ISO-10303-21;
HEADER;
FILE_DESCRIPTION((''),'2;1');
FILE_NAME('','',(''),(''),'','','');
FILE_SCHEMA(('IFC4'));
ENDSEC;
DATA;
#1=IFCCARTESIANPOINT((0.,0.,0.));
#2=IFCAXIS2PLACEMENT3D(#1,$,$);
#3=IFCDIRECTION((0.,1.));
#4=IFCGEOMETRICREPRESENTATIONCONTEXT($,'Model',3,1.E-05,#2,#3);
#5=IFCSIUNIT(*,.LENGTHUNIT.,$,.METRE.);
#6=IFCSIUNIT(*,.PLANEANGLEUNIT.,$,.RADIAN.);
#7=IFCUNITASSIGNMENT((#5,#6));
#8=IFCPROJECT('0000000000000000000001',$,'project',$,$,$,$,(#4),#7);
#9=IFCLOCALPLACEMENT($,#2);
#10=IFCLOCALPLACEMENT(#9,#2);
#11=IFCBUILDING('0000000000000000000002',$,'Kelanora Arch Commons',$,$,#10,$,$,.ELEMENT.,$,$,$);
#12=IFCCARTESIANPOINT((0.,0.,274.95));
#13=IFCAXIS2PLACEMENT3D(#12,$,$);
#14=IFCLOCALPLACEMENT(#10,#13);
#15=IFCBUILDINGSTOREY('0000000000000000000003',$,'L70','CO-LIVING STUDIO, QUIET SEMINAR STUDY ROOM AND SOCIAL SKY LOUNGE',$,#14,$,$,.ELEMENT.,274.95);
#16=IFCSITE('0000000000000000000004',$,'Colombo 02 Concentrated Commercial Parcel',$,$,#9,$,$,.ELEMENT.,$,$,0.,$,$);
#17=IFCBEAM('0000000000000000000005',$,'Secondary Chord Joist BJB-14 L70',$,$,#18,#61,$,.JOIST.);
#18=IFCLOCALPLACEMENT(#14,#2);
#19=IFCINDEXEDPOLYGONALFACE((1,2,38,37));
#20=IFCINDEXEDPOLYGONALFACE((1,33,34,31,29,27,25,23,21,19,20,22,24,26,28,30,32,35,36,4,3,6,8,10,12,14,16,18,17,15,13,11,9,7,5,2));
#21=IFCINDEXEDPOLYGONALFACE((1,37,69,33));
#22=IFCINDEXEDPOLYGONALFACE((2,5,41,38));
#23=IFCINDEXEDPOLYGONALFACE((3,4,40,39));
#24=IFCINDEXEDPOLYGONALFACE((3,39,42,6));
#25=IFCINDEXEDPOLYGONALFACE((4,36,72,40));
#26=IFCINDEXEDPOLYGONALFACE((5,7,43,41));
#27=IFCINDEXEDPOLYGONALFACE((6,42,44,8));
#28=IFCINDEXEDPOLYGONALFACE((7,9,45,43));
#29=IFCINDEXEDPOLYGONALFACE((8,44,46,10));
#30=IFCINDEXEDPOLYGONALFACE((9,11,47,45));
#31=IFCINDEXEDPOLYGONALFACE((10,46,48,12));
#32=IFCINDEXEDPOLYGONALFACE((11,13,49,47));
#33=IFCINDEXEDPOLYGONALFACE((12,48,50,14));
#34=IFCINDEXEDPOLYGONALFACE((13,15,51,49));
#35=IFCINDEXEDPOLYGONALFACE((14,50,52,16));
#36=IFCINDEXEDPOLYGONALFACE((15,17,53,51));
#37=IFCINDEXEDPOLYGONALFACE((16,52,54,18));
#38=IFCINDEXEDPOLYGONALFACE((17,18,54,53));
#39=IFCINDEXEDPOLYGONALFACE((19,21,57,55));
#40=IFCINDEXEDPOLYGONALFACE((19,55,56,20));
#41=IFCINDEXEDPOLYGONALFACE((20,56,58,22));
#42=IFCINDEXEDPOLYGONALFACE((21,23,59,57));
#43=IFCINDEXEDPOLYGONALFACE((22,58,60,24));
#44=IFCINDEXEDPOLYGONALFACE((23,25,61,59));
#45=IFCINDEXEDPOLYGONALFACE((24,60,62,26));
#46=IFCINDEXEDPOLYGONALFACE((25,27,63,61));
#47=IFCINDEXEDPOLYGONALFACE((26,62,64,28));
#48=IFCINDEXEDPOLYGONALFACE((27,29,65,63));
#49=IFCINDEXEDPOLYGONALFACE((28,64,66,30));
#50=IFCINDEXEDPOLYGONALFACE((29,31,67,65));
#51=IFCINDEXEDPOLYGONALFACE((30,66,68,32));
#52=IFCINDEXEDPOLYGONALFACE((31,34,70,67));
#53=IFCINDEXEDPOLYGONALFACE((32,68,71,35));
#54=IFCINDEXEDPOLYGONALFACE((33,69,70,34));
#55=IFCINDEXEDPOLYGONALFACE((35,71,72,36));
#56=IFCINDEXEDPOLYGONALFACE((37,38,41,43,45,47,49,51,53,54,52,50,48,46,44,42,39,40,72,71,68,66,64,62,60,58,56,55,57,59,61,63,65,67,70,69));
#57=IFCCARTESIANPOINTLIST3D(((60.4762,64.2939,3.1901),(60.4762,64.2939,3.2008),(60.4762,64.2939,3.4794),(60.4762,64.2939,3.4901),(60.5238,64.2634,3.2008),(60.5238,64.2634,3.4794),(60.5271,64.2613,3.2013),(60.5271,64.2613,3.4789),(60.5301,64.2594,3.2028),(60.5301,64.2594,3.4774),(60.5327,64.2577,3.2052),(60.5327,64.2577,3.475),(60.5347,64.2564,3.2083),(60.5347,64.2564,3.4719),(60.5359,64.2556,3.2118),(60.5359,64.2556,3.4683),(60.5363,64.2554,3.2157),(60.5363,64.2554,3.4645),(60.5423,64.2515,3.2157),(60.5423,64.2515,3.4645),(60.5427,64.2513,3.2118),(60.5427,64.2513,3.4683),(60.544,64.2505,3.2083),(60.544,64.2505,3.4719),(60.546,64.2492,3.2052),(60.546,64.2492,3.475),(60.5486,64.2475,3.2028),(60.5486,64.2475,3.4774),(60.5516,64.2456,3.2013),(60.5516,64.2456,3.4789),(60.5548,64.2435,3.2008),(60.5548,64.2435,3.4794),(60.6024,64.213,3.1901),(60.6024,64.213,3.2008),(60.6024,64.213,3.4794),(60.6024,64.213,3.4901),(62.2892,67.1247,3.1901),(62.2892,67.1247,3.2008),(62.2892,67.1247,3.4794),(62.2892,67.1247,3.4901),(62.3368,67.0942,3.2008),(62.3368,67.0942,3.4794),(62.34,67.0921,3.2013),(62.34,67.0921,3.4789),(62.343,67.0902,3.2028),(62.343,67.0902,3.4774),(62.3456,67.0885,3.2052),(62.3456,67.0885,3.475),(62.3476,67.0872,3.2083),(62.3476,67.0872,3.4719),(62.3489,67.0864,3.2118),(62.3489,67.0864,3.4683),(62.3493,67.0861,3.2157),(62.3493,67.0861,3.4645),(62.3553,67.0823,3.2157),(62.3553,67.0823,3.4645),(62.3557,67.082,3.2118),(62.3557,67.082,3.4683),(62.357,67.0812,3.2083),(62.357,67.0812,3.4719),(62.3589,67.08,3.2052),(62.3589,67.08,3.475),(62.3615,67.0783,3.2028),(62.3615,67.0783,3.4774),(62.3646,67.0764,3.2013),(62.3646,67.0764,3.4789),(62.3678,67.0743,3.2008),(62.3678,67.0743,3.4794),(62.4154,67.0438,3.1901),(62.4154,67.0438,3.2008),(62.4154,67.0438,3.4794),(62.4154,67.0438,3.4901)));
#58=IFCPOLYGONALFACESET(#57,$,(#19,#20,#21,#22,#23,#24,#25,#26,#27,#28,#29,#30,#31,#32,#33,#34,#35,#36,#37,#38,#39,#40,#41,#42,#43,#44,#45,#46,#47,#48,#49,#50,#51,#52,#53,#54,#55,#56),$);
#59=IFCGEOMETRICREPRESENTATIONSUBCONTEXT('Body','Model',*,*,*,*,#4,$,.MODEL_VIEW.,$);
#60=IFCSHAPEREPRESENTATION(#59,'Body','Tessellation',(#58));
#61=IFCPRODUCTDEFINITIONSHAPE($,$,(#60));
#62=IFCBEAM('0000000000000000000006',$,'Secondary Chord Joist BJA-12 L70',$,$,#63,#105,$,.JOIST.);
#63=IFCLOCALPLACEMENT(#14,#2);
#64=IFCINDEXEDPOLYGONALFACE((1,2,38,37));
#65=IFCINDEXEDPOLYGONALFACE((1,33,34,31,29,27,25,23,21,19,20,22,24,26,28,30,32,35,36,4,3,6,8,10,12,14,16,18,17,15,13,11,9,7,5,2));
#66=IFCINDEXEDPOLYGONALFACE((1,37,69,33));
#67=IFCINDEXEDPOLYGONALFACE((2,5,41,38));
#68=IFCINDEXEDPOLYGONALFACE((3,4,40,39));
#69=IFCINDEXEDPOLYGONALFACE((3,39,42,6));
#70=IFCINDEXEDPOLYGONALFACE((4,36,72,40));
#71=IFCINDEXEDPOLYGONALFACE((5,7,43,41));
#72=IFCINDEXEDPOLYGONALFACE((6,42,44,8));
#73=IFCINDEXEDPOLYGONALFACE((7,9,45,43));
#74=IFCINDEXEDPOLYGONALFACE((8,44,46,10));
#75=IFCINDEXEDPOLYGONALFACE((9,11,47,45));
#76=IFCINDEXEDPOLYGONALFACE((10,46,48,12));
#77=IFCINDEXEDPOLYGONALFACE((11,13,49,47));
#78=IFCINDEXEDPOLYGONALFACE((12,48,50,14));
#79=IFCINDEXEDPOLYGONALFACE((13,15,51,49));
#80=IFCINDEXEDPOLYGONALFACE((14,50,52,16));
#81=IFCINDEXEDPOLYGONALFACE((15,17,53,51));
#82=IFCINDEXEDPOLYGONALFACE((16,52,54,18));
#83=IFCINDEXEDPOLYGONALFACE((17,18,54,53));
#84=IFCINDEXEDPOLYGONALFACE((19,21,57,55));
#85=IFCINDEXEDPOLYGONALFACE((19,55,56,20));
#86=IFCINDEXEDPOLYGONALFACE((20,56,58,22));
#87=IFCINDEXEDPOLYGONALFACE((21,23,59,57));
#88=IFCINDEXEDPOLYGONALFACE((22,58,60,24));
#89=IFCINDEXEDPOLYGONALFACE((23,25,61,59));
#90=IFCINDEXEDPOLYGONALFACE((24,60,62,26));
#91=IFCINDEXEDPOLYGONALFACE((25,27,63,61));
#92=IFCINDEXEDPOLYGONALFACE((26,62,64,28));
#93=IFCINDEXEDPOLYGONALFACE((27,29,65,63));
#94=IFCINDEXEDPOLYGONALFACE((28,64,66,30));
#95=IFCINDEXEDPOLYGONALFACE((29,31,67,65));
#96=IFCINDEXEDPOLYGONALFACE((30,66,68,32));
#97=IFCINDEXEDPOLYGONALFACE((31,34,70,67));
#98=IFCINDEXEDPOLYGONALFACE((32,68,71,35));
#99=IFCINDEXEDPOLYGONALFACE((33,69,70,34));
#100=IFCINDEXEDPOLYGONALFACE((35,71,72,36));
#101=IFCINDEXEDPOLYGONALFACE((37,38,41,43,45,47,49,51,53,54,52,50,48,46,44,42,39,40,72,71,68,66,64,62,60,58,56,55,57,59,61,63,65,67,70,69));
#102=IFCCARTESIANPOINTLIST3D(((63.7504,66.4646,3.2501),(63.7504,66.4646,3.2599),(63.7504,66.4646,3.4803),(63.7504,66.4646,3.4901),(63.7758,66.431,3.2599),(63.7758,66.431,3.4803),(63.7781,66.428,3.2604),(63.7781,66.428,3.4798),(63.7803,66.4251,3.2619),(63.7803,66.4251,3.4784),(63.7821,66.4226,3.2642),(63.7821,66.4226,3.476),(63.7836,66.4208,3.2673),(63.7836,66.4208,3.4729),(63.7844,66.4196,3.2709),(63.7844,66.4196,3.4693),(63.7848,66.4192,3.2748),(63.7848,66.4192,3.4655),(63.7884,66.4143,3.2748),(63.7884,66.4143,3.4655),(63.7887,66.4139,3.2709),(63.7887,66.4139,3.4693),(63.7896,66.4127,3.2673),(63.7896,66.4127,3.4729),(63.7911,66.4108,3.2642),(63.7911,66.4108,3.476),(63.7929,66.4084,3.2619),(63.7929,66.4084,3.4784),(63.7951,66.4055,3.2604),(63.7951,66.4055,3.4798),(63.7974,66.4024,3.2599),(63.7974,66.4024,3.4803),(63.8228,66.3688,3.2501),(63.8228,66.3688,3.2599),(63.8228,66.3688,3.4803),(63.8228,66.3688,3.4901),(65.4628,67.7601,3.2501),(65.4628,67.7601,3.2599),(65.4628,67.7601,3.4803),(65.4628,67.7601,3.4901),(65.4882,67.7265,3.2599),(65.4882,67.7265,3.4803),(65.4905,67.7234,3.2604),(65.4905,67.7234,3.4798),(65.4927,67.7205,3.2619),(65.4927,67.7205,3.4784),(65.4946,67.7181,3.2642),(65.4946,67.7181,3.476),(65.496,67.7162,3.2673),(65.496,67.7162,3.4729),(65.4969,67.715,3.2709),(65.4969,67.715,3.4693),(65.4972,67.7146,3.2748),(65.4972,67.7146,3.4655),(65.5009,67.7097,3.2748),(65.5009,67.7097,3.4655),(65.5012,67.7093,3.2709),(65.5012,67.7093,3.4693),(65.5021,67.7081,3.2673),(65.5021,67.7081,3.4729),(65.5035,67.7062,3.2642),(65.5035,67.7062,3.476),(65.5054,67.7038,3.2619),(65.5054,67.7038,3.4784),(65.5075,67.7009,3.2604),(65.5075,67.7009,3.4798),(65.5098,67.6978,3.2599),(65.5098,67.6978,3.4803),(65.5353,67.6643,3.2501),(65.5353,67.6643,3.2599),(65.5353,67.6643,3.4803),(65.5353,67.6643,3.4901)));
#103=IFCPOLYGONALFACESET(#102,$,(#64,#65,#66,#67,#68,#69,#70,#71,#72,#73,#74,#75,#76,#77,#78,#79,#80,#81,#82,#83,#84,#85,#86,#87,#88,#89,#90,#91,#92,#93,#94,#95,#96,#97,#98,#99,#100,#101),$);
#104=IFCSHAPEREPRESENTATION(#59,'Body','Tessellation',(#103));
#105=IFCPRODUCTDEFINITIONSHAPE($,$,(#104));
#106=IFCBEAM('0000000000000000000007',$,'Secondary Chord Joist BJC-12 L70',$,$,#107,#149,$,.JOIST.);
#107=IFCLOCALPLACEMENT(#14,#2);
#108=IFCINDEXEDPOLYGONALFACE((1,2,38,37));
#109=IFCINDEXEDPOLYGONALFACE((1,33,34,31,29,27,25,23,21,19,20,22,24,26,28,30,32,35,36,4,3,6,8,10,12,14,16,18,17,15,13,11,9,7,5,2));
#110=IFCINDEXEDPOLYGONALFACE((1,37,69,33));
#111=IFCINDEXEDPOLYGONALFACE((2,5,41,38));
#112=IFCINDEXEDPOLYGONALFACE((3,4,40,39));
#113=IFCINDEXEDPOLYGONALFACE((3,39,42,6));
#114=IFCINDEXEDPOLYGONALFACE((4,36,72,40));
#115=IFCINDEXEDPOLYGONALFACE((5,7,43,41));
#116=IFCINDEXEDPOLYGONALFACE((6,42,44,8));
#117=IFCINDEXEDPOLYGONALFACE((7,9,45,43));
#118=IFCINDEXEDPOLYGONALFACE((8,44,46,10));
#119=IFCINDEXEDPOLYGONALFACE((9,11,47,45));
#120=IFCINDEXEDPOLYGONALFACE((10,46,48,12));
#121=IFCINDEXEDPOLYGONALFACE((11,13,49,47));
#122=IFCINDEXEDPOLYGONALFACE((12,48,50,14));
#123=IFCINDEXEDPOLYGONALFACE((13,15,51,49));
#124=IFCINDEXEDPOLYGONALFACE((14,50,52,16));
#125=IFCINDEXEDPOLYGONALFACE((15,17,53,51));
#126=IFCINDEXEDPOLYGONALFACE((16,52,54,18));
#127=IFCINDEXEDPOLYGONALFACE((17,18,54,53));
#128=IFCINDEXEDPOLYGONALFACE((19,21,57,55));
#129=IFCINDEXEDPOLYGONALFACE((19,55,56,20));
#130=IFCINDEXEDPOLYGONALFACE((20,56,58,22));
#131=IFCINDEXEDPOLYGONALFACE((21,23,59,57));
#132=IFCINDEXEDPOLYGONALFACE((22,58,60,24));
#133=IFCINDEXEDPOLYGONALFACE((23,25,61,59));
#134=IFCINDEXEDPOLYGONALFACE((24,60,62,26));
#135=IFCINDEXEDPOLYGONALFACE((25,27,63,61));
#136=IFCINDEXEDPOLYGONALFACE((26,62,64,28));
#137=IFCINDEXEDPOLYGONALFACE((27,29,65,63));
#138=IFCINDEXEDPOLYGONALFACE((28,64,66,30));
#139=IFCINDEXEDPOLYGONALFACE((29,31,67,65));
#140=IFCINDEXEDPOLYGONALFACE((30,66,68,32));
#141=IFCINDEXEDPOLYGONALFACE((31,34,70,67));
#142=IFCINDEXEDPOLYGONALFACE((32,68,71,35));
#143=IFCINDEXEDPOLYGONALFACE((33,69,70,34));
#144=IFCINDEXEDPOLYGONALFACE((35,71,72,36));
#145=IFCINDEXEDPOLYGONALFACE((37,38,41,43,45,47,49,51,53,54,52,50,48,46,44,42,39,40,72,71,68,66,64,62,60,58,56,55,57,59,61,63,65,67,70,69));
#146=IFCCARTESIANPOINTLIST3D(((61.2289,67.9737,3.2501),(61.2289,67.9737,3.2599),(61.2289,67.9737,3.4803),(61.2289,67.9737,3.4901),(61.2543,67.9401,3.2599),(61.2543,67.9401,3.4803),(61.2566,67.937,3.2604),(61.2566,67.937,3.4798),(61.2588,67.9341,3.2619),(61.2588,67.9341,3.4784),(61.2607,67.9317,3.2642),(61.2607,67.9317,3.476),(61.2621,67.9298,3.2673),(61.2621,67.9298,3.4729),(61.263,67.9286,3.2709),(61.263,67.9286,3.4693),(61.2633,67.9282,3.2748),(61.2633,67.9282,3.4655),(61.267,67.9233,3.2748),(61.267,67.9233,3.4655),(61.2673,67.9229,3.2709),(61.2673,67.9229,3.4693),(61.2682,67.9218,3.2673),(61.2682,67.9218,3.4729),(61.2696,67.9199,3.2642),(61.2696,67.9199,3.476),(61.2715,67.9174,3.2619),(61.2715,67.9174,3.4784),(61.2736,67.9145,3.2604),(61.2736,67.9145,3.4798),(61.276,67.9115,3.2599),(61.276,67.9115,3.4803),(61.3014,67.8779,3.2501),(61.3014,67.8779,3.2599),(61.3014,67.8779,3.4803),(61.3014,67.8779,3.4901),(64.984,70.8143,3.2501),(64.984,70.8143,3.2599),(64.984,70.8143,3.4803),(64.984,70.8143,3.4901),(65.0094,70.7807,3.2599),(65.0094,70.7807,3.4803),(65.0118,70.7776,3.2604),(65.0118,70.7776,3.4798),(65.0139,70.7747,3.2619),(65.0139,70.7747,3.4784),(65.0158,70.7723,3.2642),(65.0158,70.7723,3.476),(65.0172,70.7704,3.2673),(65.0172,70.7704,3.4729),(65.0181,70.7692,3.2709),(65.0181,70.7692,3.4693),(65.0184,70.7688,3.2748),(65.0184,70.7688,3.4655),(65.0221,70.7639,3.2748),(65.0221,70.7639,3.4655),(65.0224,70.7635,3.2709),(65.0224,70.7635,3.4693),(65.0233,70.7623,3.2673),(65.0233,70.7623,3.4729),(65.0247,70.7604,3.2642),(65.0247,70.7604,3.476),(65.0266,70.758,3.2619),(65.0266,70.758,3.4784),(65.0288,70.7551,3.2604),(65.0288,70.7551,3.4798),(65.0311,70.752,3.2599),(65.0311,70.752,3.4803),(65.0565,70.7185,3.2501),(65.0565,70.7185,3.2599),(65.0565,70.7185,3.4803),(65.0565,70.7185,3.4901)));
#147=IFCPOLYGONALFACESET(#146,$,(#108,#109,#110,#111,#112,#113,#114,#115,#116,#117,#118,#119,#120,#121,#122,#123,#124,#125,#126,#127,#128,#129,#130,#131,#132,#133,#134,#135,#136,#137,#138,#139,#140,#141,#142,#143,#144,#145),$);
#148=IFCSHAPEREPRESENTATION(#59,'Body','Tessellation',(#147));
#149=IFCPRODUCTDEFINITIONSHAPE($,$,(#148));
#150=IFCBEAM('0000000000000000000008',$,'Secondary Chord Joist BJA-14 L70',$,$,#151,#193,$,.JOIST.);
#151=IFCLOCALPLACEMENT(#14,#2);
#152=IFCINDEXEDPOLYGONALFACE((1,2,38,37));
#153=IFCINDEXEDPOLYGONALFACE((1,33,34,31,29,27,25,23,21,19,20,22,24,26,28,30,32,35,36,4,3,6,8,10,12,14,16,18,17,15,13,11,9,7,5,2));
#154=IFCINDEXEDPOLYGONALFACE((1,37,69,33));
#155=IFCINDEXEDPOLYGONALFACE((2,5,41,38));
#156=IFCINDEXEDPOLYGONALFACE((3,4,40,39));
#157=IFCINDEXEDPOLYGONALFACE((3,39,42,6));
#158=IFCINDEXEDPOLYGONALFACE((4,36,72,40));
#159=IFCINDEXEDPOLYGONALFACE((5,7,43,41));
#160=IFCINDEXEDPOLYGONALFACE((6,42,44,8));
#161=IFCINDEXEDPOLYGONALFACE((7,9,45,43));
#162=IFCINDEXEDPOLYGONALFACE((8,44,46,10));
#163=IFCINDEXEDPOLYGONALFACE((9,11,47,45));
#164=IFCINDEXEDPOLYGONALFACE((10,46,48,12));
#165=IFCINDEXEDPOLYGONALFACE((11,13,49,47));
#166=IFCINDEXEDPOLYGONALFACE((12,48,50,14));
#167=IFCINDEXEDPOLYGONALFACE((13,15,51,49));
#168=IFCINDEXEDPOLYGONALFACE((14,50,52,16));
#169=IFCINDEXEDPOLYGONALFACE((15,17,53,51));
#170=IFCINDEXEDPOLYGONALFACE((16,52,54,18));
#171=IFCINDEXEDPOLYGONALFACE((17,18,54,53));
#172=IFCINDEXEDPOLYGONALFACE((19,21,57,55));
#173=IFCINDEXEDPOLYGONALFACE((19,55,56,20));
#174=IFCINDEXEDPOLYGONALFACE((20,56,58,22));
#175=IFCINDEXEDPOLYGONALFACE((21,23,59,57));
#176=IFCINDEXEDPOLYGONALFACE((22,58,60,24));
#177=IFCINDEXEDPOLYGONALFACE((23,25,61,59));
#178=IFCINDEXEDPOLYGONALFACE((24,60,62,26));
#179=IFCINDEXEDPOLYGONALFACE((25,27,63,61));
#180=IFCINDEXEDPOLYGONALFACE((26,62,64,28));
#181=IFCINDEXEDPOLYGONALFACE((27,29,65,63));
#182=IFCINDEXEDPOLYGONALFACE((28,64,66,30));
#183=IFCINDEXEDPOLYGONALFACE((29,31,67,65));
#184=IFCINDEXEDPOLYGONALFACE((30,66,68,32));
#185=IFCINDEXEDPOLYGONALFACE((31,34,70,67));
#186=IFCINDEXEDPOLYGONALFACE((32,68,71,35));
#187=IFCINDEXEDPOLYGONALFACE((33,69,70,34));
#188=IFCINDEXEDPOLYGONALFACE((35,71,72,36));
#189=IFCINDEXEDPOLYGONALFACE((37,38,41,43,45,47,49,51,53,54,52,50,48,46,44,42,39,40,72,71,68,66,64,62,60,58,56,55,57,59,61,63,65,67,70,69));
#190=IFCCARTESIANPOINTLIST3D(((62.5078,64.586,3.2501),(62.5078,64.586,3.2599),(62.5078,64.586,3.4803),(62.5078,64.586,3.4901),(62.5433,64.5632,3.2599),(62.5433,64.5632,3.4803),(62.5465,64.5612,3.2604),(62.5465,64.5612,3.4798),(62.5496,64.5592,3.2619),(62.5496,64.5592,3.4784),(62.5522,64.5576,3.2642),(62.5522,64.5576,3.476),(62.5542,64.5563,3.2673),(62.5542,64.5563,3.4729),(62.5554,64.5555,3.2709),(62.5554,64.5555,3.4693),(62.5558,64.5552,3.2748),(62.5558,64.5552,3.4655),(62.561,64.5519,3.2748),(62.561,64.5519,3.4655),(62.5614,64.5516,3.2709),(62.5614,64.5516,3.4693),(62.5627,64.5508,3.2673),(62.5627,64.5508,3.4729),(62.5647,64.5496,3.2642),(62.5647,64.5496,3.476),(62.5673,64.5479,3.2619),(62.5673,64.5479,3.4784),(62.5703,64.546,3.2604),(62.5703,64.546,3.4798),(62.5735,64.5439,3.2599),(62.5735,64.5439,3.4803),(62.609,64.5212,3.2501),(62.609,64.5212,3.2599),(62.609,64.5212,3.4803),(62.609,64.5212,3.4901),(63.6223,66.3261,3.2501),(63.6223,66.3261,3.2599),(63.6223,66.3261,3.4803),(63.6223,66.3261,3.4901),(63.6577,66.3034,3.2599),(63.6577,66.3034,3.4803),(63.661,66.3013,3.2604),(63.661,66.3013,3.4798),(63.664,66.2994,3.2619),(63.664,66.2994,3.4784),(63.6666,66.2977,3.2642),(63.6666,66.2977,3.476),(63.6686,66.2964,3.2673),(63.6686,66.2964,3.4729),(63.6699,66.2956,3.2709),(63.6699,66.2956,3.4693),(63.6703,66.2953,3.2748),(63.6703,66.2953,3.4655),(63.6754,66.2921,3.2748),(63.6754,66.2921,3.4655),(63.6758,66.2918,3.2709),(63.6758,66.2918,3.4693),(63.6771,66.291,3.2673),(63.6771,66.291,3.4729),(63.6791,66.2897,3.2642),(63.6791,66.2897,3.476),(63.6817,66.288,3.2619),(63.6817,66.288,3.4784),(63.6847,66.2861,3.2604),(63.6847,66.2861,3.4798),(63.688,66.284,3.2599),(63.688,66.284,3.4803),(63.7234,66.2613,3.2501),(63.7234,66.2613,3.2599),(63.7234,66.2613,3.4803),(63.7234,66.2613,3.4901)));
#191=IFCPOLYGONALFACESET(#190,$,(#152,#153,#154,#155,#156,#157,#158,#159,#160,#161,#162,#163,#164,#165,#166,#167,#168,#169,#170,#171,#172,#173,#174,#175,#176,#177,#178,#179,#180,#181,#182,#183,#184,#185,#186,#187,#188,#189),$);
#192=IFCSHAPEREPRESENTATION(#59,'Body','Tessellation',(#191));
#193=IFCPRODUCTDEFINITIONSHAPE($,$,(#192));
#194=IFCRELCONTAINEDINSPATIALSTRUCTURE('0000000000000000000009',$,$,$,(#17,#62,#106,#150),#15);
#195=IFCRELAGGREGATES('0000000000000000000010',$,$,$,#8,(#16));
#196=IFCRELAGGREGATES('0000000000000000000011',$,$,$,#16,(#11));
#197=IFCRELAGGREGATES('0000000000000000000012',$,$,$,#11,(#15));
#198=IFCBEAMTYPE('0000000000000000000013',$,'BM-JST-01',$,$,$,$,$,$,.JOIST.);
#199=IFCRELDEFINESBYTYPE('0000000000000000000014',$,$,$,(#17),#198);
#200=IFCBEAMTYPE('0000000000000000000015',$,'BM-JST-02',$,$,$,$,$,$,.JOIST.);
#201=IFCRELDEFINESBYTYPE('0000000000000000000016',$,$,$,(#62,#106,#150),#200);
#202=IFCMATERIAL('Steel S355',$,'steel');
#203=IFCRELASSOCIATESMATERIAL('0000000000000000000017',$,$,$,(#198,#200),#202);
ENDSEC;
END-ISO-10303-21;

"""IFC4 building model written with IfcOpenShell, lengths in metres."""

from ifc_helpers import new_model, si_unit, direction, frame, origin, origin_2d, place, context, subcontext, project, spatial, i_section, extrude, material, material_profile, profile_set, type_object, element, save


model = new_model("IFC4")

# Units and contexts
model_context = context("Model", 3, precision=1e-05, world=origin(), true_north=direction((0.0, 1.0)))
body_context = subcontext(model_context, "Body", "Model", "MODEL_VIEW")
ifc_project = project(units=[si_unit("LENGTHUNIT", "METRE"), si_unit("PLANEANGLEUNIT", "RADIAN")], contexts=[model_context])

# Site, building, storey
site_placement = place(None, origin())
site = spatial("IfcSite", under=ifc_project, at=site_placement, Name="Colombo 02 Concentrated Commercial Parcel", CompositionType="ELEMENT", RefElevation=0.0)
building_placement = place(site_placement, origin())
building = spatial("IfcBuilding", under=site, at=building_placement, Name="Kelanora Arch Commons", CompositionType="ELEMENT")
storey_placement = place(building_placement, frame((0.0, 0.0, 274.95)))
storey = spatial("IfcBuildingStorey", under=building, at=storey_placement, Name="L70", Description="CO-LIVING STUDIO, QUIET SEMINAR STUDY ROOM AND SOCIAL SKY LOUNGE", CompositionType="ELEMENT", Elevation=274.95)

# Beams
ifc_material_1 = material(Name="Steel S355", Category="steel")
ifc_material_profile_1 = material_profile(ifc_material_1, i_section(OverallWidth=0.1499, OverallDepth=0.3, WebThickness=0.0071, FlangeThickness=0.0107, FilletRadius=0.0149, at=origin_2d()), Name="IPE300")
ifc_profile_set_1 = profile_set([ifc_material_profile_1], Name="Steel S355")
beam_type_1 = type_object("IfcBeamType", Name="BM-JST-01", PredefinedType="JOIST", material=ifc_profile_set_1)
beam_1_placement = place(storey_placement, frame((62.3523, 67.0842, 3.3401), z_axis=(-0.539322, -0.8421, 0.0), x_axis=(0.8421, -0.539322, 0.0)))
element("IfcBeam", 1, at=beam_1_placement, inside=storey, type_object=beam_type_1, Name="Secondary Chord Joist BJB-14 L70", PredefinedType="JOIST", context=body_context, shape_type="SweptSolid", body=[
    extrude(i_section(OverallWidth=0.1499, OverallDepth=0.3, WebThickness=0.0071, FlangeThickness=0.0107, FilletRadius=0.0149, at=origin_2d()), origin(), (0.0, 0.0, 1.0), 3.3616),
])
ifc_material_profile_2 = material_profile(ifc_material_1, i_section(OverallWidth=0.1201, OverallDepth=0.24, WebThickness=0.0061, FlangeThickness=0.0098, FilletRadius=0.0149, at=origin_2d()), Name="IPE240")
ifc_profile_set_2 = profile_set([ifc_material_profile_2], Name="Steel S355")
beam_type_2 = type_object("IfcBeamType", Name="BM-JST-02", PredefinedType="JOIST", material=ifc_profile_set_2)
beam_2_placement = place(storey_placement, frame((65.499, 67.7122, 3.3701), z_axis=(-0.79751, -0.603306, 0.0), x_axis=(0.603306, -0.79751, 0.0)))
element("IfcBeam", 2, at=beam_2_placement, inside=storey, type_object=beam_type_2, Name="Secondary Chord Joist BJA-12 L70", PredefinedType="JOIST", context=body_context, shape_type="SweptSolid", body=[
    extrude(i_section(OverallWidth=0.1201, OverallDepth=0.24, WebThickness=0.0061, FlangeThickness=0.0098, FilletRadius=0.0149, at=origin_2d()), origin(), (0.0, 0.0, 1.0), 2.1472),
])
beam_3_placement = place(storey_placement, frame((65.0203, 70.7664, 3.3701), z_axis=(-0.797523, -0.603289, 0.0), x_axis=(0.603289, -0.797523, 0.0)))
element("IfcBeam", 3, at=beam_3_placement, inside=storey, type_object=beam_type_2, Name="Secondary Chord Joist BJC-12 L70", PredefinedType="JOIST", context=body_context, shape_type="SweptSolid", body=[
    extrude(i_section(OverallWidth=0.1201, OverallDepth=0.24, WebThickness=0.0061, FlangeThickness=0.0098, FilletRadius=0.0149, at=origin_2d()), origin(), (0.0, 0.0, 1.0), 4.7085),
])
beam_4_placement = place(storey_placement, frame((63.6729, 66.2937, 3.3701), z_axis=(-0.539312, -0.842106, 0.0), x_axis=(0.842106, -0.539312, 0.0)))
element("IfcBeam", 4, at=beam_4_placement, inside=storey, type_object=beam_type_2, Name="Secondary Chord Joist BJA-14 L70", PredefinedType="JOIST", context=body_context, shape_type="SweptSolid", body=[
    extrude(i_section(OverallWidth=0.1201, OverallDepth=0.24, WebThickness=0.0061, FlangeThickness=0.0098, FilletRadius=0.0149, at=origin_2d()), origin(), (0.0, 0.0, 1.0), 2.0664),
])

save(model, "model.ifc")
